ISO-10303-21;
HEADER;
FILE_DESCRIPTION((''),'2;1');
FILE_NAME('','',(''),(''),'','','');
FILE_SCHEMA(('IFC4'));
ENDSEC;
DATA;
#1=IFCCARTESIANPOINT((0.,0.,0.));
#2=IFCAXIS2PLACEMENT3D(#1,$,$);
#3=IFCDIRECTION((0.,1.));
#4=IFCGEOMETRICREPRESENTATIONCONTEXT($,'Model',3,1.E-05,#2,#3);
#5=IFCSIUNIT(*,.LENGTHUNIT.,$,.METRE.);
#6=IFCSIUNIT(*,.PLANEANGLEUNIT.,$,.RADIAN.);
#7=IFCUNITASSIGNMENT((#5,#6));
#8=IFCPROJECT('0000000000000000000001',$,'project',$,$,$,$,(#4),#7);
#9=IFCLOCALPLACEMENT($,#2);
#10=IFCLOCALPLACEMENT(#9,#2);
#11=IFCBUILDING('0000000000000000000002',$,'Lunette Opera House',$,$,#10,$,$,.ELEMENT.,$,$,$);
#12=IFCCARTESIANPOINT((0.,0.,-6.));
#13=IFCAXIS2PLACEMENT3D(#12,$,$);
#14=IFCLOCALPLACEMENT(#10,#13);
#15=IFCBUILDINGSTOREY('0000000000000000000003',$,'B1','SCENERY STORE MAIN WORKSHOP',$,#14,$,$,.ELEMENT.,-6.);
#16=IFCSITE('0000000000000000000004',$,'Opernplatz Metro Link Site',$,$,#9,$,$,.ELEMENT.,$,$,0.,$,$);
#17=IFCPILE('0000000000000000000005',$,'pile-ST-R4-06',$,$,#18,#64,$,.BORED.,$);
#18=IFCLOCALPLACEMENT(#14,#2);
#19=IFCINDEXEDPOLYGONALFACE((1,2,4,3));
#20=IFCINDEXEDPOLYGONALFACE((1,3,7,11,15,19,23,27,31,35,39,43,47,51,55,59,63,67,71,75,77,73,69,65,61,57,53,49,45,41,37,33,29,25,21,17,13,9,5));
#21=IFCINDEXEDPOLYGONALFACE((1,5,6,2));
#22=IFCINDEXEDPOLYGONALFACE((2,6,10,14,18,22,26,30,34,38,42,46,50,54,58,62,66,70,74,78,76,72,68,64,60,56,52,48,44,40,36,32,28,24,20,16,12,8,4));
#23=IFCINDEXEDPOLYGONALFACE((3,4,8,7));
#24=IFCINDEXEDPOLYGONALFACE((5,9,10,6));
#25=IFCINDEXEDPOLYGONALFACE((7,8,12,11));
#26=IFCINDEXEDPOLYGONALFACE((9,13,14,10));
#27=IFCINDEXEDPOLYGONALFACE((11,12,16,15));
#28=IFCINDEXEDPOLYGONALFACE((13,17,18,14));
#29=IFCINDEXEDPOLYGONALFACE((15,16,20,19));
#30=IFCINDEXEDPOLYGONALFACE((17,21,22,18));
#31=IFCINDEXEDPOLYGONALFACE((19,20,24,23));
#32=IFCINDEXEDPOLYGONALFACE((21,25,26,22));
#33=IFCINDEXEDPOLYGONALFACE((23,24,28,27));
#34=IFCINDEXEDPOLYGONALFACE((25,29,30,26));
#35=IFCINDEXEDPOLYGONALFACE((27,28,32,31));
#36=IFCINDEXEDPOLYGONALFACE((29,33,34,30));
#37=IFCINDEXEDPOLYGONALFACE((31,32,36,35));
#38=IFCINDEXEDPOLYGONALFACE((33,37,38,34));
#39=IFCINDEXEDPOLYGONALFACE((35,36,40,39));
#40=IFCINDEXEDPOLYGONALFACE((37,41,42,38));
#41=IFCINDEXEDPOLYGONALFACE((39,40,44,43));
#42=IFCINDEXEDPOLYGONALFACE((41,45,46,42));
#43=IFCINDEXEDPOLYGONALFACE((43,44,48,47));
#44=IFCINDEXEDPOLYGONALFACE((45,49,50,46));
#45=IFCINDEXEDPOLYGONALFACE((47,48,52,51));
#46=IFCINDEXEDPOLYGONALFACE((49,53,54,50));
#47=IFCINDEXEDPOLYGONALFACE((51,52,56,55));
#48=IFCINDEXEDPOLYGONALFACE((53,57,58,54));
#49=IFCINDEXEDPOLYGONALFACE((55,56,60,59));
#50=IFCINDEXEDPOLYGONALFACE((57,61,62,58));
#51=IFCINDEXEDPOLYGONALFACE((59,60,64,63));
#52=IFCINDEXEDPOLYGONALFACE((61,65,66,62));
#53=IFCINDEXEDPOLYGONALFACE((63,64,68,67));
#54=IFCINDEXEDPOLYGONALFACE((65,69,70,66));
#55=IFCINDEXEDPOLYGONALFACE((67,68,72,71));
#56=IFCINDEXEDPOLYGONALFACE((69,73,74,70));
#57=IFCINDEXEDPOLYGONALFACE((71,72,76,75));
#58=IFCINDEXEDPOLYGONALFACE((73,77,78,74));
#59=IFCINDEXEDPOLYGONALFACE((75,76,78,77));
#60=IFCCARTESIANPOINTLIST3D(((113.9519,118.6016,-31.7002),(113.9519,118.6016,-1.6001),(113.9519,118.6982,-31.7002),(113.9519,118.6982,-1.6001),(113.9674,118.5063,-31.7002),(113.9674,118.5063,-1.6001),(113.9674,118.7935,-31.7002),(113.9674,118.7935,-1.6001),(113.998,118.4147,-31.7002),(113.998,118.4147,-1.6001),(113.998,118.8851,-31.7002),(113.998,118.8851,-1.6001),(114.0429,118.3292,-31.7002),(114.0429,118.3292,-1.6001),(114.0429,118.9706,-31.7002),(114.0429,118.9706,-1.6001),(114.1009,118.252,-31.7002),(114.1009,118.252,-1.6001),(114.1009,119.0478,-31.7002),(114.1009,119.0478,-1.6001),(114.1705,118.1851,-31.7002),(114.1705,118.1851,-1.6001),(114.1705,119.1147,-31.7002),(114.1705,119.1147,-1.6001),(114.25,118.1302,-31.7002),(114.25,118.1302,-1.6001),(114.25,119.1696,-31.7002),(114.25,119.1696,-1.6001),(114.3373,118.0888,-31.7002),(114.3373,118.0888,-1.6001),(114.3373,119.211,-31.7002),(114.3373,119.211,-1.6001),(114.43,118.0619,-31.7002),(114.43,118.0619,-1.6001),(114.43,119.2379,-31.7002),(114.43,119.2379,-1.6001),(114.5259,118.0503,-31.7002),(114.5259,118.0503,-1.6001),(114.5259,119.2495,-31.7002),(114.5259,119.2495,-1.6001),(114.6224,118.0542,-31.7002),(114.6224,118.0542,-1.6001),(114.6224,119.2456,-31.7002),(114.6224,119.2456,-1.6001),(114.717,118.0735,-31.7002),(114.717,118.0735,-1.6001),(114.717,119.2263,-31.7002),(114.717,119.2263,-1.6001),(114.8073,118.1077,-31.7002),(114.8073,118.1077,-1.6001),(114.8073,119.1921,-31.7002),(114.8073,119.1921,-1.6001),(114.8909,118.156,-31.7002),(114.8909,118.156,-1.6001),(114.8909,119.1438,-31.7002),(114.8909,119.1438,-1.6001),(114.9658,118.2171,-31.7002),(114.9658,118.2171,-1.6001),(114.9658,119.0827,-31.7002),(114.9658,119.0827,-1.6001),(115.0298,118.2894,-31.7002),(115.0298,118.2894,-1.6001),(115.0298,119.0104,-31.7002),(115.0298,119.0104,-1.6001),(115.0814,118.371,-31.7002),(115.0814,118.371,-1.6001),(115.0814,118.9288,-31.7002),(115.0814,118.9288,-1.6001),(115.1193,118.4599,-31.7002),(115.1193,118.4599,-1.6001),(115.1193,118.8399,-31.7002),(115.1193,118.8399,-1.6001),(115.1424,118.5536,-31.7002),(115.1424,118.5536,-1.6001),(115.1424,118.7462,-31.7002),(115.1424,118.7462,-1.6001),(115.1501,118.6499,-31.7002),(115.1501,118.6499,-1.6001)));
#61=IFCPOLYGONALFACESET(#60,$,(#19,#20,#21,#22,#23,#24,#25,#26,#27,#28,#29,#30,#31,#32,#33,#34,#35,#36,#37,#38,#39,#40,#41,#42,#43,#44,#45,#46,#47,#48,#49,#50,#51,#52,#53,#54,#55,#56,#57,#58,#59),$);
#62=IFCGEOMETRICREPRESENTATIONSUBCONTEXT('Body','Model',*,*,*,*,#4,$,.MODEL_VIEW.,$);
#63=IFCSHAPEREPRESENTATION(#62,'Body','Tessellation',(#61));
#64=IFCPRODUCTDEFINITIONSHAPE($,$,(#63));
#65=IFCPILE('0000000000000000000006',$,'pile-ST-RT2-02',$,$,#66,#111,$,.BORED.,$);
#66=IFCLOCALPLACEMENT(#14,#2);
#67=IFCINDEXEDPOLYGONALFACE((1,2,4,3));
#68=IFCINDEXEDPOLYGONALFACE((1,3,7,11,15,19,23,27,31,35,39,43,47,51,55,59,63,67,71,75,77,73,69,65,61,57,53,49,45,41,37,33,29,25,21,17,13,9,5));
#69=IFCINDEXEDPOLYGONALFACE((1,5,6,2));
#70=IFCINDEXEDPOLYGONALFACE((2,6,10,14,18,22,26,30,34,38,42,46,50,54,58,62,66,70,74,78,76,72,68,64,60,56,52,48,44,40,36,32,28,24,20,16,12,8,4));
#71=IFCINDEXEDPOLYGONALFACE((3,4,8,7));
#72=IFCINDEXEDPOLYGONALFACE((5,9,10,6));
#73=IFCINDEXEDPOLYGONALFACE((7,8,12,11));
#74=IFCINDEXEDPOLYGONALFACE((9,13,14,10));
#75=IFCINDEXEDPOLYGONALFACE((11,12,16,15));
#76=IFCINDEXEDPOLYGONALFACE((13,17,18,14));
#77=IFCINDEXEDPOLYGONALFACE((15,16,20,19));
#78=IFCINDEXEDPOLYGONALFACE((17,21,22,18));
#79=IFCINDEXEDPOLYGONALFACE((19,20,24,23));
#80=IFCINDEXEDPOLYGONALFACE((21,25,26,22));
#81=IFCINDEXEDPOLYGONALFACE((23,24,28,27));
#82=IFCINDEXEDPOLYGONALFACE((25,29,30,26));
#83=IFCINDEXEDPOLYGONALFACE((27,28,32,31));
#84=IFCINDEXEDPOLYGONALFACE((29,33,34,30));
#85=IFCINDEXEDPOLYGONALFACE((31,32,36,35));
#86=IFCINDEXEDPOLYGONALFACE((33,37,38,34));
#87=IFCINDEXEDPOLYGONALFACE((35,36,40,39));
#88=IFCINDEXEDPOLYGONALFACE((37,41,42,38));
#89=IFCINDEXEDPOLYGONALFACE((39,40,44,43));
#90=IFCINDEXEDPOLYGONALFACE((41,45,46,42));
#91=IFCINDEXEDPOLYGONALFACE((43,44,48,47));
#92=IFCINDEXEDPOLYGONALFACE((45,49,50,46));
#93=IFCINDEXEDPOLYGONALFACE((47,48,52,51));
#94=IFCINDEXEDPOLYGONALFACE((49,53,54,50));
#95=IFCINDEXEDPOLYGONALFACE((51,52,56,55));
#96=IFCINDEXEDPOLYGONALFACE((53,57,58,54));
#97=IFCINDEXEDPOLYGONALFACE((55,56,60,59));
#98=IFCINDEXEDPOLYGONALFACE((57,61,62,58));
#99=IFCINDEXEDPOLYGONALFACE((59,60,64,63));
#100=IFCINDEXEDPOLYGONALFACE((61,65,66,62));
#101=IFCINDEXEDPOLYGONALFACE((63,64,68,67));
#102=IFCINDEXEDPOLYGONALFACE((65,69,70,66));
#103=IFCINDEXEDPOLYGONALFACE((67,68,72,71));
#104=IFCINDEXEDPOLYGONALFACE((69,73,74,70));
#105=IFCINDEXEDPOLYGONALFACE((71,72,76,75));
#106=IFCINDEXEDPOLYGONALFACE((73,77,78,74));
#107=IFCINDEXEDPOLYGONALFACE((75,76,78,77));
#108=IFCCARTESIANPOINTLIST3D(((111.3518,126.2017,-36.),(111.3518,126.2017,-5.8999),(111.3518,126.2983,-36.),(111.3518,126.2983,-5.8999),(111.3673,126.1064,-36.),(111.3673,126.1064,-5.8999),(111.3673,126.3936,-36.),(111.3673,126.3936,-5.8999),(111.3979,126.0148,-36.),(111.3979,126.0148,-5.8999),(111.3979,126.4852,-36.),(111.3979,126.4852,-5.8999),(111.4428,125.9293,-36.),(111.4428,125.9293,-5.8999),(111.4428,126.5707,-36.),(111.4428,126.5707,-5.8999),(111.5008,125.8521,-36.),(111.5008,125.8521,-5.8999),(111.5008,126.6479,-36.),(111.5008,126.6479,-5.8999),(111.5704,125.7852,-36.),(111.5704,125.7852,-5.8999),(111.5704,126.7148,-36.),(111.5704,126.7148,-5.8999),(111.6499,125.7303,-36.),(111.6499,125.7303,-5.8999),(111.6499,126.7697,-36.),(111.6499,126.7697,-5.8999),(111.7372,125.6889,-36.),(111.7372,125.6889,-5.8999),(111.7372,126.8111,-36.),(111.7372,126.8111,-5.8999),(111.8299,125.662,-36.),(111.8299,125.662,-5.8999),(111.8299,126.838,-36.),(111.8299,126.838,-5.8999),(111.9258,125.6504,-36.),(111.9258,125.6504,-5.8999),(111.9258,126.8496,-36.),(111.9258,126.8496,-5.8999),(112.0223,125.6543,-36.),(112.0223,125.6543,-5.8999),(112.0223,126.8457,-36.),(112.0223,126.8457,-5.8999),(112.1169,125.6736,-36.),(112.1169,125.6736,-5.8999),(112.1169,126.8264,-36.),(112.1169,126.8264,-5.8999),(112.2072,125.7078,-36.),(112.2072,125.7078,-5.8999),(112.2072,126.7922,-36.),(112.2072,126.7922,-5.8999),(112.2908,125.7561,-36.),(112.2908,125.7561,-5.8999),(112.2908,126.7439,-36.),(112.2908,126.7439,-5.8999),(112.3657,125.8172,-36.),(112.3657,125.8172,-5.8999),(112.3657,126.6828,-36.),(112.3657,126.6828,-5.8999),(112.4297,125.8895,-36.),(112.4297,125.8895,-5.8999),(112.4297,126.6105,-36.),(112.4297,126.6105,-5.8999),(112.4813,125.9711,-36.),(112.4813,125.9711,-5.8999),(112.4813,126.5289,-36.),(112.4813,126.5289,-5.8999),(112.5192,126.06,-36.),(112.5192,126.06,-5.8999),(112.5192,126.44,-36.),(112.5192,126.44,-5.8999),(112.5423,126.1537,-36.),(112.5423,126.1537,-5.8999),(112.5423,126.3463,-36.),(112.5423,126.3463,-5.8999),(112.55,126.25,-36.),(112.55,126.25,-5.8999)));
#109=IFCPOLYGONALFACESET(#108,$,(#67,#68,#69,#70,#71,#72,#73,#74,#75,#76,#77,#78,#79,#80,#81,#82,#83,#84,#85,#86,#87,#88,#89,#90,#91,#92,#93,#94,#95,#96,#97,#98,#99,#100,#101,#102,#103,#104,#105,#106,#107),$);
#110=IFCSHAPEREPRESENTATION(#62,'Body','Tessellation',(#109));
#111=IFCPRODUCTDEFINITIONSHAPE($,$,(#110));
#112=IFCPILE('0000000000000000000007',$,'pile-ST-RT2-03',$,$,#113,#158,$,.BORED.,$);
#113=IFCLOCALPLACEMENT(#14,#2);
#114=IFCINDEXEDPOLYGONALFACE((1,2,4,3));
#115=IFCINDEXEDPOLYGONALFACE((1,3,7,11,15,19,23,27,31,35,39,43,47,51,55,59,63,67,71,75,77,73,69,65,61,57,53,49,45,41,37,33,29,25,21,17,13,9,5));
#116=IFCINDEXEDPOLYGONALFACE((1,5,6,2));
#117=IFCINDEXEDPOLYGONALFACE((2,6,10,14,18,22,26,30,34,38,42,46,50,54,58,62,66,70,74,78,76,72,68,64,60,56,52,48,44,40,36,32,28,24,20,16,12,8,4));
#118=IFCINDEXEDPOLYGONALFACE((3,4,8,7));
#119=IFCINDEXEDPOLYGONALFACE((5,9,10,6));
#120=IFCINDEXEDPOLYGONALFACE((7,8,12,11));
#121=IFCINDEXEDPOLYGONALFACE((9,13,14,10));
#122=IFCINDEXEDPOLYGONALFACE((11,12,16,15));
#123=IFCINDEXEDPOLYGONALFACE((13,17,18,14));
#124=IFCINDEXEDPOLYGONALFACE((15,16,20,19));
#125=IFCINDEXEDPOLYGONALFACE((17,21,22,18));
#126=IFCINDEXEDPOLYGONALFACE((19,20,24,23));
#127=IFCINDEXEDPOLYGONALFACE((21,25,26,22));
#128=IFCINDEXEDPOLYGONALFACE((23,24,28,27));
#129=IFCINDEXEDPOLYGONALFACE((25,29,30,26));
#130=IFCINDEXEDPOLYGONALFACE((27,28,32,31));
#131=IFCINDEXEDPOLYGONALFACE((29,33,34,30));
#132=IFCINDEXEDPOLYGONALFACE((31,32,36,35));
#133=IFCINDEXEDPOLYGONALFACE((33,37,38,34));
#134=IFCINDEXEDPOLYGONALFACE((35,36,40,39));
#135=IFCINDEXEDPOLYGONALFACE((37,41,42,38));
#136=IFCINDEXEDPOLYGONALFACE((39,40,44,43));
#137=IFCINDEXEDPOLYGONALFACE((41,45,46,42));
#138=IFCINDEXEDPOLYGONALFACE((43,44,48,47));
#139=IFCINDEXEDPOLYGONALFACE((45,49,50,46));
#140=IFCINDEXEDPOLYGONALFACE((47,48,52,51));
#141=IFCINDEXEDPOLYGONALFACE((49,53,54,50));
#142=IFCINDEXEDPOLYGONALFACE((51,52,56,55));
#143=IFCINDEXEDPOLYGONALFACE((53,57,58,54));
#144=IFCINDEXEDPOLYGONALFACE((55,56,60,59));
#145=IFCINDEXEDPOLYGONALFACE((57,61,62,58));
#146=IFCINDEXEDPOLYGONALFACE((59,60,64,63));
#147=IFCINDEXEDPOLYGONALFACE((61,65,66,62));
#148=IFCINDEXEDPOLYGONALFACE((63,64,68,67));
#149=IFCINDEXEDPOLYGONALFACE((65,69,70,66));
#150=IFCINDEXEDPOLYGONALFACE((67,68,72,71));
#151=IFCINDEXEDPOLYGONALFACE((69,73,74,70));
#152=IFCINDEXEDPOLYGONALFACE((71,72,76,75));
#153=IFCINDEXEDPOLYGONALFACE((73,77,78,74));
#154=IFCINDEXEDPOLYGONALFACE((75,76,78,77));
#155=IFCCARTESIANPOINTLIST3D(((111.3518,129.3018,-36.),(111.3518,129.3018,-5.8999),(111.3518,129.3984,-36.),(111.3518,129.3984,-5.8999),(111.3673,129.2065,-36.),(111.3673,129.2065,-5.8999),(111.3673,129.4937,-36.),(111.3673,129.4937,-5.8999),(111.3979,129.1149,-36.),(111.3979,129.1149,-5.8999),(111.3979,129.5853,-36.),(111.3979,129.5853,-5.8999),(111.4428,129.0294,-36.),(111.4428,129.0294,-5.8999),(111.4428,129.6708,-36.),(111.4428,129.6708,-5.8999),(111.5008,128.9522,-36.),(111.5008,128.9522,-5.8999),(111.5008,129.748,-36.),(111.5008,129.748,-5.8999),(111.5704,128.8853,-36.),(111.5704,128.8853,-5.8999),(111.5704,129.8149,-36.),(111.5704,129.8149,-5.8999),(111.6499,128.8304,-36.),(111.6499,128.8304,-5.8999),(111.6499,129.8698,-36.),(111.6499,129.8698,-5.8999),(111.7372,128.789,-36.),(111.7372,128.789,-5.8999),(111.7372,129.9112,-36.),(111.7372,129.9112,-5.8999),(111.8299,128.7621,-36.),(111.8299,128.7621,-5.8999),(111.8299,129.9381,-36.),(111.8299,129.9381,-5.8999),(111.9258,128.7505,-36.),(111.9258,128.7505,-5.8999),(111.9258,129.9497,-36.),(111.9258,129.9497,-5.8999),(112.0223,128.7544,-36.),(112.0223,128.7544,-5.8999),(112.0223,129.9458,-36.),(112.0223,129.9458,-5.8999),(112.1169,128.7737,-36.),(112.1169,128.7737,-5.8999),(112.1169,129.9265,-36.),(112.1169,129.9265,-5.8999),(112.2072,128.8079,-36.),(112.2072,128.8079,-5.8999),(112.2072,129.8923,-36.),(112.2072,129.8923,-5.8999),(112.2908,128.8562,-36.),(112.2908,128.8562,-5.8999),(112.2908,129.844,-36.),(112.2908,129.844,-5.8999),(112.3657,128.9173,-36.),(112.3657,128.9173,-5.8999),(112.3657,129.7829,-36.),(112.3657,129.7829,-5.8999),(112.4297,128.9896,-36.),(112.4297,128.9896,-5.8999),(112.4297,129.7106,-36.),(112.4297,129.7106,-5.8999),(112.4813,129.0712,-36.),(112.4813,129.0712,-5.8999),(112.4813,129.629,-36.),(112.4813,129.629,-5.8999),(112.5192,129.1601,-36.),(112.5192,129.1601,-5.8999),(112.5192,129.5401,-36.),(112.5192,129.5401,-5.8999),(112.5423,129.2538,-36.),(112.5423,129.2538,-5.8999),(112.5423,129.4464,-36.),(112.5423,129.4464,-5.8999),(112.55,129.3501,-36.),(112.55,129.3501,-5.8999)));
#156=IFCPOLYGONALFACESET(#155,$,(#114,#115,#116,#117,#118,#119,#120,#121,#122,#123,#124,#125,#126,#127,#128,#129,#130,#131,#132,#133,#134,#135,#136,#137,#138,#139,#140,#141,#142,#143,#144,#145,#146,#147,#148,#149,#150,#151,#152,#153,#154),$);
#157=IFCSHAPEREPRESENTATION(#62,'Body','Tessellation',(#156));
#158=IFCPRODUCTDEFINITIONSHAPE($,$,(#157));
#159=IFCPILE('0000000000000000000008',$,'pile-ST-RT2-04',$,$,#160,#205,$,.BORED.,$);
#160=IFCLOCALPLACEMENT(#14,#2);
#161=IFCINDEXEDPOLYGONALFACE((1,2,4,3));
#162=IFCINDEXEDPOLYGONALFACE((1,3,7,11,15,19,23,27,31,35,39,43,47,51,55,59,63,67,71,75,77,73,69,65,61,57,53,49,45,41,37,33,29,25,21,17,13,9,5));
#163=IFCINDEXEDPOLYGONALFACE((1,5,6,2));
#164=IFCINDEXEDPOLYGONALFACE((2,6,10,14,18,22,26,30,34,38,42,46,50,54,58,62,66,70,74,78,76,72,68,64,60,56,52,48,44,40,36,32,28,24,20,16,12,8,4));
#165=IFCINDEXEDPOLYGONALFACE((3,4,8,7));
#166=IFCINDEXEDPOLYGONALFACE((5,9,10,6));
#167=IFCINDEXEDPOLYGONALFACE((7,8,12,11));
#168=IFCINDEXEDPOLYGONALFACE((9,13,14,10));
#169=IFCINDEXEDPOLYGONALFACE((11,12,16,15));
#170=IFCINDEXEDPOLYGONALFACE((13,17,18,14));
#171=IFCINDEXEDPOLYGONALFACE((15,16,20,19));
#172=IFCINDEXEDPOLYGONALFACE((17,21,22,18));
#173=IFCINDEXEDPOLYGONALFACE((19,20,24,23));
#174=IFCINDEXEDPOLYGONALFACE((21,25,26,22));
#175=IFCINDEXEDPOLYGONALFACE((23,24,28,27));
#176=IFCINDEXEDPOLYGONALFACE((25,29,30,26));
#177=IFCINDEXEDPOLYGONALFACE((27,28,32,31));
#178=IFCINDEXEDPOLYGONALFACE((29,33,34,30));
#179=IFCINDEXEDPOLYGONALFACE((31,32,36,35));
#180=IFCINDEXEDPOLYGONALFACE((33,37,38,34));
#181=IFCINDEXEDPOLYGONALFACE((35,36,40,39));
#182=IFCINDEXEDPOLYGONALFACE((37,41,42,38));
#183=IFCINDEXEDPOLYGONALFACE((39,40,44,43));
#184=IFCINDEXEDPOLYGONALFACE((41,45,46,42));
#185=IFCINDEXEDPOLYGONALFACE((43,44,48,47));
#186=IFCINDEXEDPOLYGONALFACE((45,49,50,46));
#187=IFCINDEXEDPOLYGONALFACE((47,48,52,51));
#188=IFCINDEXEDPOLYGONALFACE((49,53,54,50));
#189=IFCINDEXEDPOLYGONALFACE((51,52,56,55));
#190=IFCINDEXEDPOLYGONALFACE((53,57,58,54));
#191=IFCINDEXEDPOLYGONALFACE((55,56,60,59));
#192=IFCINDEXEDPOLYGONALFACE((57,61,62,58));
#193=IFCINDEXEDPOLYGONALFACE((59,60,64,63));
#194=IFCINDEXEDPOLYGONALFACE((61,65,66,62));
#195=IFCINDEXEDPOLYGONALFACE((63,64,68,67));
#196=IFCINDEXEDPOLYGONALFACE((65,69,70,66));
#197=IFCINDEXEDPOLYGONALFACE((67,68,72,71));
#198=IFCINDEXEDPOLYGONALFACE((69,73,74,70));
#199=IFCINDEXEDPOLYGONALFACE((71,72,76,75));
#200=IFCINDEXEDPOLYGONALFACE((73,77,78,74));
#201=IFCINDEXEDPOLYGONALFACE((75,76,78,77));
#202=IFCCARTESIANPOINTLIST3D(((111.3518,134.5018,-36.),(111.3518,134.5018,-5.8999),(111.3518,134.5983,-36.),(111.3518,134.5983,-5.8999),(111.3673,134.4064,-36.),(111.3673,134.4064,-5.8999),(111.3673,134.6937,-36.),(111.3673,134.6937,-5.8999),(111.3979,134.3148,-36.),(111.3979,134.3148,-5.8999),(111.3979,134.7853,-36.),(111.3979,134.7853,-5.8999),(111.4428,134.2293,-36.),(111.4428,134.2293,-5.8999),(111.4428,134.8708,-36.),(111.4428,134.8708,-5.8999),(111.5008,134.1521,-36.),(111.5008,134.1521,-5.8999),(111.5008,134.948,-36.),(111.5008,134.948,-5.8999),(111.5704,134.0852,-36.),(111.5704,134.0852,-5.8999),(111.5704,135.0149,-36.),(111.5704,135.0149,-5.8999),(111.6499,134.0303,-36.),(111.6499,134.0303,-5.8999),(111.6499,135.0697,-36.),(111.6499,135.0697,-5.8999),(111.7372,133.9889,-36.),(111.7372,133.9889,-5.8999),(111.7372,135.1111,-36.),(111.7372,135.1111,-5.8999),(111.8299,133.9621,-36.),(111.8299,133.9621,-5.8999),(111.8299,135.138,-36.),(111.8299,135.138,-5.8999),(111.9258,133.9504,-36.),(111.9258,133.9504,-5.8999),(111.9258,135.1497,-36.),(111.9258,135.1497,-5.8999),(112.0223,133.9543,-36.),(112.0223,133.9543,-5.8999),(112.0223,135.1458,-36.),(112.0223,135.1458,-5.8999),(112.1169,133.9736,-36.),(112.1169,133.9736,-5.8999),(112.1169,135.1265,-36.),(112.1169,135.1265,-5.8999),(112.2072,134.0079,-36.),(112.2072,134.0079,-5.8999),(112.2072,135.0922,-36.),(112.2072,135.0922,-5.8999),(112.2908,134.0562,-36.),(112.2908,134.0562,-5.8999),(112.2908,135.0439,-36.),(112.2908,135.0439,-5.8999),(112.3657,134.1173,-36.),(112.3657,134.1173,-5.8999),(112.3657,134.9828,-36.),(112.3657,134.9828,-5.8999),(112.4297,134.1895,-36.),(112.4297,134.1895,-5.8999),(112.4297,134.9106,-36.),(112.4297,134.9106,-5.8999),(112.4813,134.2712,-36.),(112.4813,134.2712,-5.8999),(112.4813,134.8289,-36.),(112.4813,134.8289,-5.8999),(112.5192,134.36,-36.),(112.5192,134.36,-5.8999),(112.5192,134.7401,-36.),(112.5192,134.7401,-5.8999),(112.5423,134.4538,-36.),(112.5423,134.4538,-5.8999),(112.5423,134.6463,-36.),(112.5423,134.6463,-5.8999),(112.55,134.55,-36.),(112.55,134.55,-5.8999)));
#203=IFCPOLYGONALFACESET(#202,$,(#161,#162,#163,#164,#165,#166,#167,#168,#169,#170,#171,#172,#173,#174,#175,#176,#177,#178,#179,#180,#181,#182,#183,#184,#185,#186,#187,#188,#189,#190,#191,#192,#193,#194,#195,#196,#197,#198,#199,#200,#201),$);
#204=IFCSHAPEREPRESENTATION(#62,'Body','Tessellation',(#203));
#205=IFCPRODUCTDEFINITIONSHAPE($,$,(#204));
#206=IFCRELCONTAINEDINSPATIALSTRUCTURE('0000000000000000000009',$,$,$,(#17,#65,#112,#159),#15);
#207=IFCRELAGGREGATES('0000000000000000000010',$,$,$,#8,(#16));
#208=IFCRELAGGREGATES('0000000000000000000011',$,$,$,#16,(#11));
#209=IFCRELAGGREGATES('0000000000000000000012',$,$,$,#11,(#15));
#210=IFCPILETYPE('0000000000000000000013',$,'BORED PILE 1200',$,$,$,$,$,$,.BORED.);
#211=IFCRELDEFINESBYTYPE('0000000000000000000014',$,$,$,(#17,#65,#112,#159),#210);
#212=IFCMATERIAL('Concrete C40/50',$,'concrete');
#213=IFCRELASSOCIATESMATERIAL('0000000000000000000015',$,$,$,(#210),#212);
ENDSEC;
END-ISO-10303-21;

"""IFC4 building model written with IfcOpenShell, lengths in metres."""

from ifc_helpers import new_model, si_unit, direction, frame, origin, origin_2d, place, context, subcontext, project, spatial, circle, extrude, material, material_profile, profile_set, type_object, element, save


model = new_model("IFC4")

# Units and contexts
model_context = context("Model", 3, precision=1e-05, world=origin(), true_north=direction((0.0, 1.0)))
body_context = subcontext(model_context, "Body", "Model", "MODEL_VIEW")
ifc_project = project(units=[si_unit("LENGTHUNIT", "METRE"), si_unit("PLANEANGLEUNIT", "RADIAN")], contexts=[model_context])

# Site, building, storey
site_placement = place(None, origin())
site = spatial("IfcSite", under=ifc_project, at=site_placement, Name="Opernplatz Metro Link Site", CompositionType="ELEMENT", RefElevation=0.0)
building_placement = place(site_placement, origin())
building = spatial("IfcBuilding", under=site, at=building_placement, Name="Lunette Opera House", CompositionType="ELEMENT")
storey_placement = place(building_placement, frame((0.0, 0.0, -6.0)))
storey = spatial("IfcBuildingStorey", under=building, at=storey_placement, Name="B1", Description="SCENERY STORE MAIN WORKSHOP", CompositionType="ELEMENT", Elevation=-6.0)

# Piles
ifc_material_1 = material(Name="Concrete C40/50", Category="concrete")
ifc_material_profile = material_profile(ifc_material_1, circle(Radius=0.6001, at=origin_2d()), Name="BORED PILE 1200")
ifc_profile_set = profile_set([ifc_material_profile], Name="Concrete C40/50")
pile_type = type_object("IfcPileType", Name="BORED PILE 1200", PredefinedType="BORED", material=ifc_profile_set)
for number, where, z_axis, x_axis, name in (
    (1, (114.55, 118.6499, -1.6001), (0.0, 0.0, -1.0), (1.0, 0.0, 0.0), "pile-ST-R4-06"),
    (2, (111.95, 126.25, -5.8999), (0.0, 0.0, -1.0), (1.0, 0.0, 0.0), "pile-ST-RT2-02"),
    (3, (111.95, 129.3501, -5.8999), (0.0, 0.0, -1.0), (1.0, 0.0, 0.0), "pile-ST-RT2-03"),
    (4, (111.95, 134.55, -5.8999), (0.0, 0.0, -1.0), (1.0, 0.0, 0.0), "pile-ST-RT2-04"),
):
    element("IfcPile", number, at=place(storey_placement, frame(where, z_axis=z_axis, x_axis=x_axis)), inside=storey, type_object=pile_type, Name=name, PredefinedType="BORED", context=body_context, shape_type="SweptSolid", body=[
        extrude(circle(Radius=0.6001, at=origin_2d()), origin(), (0.0, 0.0, 1.0), 30.1001),
    ])

save(model, "model.ifc")
